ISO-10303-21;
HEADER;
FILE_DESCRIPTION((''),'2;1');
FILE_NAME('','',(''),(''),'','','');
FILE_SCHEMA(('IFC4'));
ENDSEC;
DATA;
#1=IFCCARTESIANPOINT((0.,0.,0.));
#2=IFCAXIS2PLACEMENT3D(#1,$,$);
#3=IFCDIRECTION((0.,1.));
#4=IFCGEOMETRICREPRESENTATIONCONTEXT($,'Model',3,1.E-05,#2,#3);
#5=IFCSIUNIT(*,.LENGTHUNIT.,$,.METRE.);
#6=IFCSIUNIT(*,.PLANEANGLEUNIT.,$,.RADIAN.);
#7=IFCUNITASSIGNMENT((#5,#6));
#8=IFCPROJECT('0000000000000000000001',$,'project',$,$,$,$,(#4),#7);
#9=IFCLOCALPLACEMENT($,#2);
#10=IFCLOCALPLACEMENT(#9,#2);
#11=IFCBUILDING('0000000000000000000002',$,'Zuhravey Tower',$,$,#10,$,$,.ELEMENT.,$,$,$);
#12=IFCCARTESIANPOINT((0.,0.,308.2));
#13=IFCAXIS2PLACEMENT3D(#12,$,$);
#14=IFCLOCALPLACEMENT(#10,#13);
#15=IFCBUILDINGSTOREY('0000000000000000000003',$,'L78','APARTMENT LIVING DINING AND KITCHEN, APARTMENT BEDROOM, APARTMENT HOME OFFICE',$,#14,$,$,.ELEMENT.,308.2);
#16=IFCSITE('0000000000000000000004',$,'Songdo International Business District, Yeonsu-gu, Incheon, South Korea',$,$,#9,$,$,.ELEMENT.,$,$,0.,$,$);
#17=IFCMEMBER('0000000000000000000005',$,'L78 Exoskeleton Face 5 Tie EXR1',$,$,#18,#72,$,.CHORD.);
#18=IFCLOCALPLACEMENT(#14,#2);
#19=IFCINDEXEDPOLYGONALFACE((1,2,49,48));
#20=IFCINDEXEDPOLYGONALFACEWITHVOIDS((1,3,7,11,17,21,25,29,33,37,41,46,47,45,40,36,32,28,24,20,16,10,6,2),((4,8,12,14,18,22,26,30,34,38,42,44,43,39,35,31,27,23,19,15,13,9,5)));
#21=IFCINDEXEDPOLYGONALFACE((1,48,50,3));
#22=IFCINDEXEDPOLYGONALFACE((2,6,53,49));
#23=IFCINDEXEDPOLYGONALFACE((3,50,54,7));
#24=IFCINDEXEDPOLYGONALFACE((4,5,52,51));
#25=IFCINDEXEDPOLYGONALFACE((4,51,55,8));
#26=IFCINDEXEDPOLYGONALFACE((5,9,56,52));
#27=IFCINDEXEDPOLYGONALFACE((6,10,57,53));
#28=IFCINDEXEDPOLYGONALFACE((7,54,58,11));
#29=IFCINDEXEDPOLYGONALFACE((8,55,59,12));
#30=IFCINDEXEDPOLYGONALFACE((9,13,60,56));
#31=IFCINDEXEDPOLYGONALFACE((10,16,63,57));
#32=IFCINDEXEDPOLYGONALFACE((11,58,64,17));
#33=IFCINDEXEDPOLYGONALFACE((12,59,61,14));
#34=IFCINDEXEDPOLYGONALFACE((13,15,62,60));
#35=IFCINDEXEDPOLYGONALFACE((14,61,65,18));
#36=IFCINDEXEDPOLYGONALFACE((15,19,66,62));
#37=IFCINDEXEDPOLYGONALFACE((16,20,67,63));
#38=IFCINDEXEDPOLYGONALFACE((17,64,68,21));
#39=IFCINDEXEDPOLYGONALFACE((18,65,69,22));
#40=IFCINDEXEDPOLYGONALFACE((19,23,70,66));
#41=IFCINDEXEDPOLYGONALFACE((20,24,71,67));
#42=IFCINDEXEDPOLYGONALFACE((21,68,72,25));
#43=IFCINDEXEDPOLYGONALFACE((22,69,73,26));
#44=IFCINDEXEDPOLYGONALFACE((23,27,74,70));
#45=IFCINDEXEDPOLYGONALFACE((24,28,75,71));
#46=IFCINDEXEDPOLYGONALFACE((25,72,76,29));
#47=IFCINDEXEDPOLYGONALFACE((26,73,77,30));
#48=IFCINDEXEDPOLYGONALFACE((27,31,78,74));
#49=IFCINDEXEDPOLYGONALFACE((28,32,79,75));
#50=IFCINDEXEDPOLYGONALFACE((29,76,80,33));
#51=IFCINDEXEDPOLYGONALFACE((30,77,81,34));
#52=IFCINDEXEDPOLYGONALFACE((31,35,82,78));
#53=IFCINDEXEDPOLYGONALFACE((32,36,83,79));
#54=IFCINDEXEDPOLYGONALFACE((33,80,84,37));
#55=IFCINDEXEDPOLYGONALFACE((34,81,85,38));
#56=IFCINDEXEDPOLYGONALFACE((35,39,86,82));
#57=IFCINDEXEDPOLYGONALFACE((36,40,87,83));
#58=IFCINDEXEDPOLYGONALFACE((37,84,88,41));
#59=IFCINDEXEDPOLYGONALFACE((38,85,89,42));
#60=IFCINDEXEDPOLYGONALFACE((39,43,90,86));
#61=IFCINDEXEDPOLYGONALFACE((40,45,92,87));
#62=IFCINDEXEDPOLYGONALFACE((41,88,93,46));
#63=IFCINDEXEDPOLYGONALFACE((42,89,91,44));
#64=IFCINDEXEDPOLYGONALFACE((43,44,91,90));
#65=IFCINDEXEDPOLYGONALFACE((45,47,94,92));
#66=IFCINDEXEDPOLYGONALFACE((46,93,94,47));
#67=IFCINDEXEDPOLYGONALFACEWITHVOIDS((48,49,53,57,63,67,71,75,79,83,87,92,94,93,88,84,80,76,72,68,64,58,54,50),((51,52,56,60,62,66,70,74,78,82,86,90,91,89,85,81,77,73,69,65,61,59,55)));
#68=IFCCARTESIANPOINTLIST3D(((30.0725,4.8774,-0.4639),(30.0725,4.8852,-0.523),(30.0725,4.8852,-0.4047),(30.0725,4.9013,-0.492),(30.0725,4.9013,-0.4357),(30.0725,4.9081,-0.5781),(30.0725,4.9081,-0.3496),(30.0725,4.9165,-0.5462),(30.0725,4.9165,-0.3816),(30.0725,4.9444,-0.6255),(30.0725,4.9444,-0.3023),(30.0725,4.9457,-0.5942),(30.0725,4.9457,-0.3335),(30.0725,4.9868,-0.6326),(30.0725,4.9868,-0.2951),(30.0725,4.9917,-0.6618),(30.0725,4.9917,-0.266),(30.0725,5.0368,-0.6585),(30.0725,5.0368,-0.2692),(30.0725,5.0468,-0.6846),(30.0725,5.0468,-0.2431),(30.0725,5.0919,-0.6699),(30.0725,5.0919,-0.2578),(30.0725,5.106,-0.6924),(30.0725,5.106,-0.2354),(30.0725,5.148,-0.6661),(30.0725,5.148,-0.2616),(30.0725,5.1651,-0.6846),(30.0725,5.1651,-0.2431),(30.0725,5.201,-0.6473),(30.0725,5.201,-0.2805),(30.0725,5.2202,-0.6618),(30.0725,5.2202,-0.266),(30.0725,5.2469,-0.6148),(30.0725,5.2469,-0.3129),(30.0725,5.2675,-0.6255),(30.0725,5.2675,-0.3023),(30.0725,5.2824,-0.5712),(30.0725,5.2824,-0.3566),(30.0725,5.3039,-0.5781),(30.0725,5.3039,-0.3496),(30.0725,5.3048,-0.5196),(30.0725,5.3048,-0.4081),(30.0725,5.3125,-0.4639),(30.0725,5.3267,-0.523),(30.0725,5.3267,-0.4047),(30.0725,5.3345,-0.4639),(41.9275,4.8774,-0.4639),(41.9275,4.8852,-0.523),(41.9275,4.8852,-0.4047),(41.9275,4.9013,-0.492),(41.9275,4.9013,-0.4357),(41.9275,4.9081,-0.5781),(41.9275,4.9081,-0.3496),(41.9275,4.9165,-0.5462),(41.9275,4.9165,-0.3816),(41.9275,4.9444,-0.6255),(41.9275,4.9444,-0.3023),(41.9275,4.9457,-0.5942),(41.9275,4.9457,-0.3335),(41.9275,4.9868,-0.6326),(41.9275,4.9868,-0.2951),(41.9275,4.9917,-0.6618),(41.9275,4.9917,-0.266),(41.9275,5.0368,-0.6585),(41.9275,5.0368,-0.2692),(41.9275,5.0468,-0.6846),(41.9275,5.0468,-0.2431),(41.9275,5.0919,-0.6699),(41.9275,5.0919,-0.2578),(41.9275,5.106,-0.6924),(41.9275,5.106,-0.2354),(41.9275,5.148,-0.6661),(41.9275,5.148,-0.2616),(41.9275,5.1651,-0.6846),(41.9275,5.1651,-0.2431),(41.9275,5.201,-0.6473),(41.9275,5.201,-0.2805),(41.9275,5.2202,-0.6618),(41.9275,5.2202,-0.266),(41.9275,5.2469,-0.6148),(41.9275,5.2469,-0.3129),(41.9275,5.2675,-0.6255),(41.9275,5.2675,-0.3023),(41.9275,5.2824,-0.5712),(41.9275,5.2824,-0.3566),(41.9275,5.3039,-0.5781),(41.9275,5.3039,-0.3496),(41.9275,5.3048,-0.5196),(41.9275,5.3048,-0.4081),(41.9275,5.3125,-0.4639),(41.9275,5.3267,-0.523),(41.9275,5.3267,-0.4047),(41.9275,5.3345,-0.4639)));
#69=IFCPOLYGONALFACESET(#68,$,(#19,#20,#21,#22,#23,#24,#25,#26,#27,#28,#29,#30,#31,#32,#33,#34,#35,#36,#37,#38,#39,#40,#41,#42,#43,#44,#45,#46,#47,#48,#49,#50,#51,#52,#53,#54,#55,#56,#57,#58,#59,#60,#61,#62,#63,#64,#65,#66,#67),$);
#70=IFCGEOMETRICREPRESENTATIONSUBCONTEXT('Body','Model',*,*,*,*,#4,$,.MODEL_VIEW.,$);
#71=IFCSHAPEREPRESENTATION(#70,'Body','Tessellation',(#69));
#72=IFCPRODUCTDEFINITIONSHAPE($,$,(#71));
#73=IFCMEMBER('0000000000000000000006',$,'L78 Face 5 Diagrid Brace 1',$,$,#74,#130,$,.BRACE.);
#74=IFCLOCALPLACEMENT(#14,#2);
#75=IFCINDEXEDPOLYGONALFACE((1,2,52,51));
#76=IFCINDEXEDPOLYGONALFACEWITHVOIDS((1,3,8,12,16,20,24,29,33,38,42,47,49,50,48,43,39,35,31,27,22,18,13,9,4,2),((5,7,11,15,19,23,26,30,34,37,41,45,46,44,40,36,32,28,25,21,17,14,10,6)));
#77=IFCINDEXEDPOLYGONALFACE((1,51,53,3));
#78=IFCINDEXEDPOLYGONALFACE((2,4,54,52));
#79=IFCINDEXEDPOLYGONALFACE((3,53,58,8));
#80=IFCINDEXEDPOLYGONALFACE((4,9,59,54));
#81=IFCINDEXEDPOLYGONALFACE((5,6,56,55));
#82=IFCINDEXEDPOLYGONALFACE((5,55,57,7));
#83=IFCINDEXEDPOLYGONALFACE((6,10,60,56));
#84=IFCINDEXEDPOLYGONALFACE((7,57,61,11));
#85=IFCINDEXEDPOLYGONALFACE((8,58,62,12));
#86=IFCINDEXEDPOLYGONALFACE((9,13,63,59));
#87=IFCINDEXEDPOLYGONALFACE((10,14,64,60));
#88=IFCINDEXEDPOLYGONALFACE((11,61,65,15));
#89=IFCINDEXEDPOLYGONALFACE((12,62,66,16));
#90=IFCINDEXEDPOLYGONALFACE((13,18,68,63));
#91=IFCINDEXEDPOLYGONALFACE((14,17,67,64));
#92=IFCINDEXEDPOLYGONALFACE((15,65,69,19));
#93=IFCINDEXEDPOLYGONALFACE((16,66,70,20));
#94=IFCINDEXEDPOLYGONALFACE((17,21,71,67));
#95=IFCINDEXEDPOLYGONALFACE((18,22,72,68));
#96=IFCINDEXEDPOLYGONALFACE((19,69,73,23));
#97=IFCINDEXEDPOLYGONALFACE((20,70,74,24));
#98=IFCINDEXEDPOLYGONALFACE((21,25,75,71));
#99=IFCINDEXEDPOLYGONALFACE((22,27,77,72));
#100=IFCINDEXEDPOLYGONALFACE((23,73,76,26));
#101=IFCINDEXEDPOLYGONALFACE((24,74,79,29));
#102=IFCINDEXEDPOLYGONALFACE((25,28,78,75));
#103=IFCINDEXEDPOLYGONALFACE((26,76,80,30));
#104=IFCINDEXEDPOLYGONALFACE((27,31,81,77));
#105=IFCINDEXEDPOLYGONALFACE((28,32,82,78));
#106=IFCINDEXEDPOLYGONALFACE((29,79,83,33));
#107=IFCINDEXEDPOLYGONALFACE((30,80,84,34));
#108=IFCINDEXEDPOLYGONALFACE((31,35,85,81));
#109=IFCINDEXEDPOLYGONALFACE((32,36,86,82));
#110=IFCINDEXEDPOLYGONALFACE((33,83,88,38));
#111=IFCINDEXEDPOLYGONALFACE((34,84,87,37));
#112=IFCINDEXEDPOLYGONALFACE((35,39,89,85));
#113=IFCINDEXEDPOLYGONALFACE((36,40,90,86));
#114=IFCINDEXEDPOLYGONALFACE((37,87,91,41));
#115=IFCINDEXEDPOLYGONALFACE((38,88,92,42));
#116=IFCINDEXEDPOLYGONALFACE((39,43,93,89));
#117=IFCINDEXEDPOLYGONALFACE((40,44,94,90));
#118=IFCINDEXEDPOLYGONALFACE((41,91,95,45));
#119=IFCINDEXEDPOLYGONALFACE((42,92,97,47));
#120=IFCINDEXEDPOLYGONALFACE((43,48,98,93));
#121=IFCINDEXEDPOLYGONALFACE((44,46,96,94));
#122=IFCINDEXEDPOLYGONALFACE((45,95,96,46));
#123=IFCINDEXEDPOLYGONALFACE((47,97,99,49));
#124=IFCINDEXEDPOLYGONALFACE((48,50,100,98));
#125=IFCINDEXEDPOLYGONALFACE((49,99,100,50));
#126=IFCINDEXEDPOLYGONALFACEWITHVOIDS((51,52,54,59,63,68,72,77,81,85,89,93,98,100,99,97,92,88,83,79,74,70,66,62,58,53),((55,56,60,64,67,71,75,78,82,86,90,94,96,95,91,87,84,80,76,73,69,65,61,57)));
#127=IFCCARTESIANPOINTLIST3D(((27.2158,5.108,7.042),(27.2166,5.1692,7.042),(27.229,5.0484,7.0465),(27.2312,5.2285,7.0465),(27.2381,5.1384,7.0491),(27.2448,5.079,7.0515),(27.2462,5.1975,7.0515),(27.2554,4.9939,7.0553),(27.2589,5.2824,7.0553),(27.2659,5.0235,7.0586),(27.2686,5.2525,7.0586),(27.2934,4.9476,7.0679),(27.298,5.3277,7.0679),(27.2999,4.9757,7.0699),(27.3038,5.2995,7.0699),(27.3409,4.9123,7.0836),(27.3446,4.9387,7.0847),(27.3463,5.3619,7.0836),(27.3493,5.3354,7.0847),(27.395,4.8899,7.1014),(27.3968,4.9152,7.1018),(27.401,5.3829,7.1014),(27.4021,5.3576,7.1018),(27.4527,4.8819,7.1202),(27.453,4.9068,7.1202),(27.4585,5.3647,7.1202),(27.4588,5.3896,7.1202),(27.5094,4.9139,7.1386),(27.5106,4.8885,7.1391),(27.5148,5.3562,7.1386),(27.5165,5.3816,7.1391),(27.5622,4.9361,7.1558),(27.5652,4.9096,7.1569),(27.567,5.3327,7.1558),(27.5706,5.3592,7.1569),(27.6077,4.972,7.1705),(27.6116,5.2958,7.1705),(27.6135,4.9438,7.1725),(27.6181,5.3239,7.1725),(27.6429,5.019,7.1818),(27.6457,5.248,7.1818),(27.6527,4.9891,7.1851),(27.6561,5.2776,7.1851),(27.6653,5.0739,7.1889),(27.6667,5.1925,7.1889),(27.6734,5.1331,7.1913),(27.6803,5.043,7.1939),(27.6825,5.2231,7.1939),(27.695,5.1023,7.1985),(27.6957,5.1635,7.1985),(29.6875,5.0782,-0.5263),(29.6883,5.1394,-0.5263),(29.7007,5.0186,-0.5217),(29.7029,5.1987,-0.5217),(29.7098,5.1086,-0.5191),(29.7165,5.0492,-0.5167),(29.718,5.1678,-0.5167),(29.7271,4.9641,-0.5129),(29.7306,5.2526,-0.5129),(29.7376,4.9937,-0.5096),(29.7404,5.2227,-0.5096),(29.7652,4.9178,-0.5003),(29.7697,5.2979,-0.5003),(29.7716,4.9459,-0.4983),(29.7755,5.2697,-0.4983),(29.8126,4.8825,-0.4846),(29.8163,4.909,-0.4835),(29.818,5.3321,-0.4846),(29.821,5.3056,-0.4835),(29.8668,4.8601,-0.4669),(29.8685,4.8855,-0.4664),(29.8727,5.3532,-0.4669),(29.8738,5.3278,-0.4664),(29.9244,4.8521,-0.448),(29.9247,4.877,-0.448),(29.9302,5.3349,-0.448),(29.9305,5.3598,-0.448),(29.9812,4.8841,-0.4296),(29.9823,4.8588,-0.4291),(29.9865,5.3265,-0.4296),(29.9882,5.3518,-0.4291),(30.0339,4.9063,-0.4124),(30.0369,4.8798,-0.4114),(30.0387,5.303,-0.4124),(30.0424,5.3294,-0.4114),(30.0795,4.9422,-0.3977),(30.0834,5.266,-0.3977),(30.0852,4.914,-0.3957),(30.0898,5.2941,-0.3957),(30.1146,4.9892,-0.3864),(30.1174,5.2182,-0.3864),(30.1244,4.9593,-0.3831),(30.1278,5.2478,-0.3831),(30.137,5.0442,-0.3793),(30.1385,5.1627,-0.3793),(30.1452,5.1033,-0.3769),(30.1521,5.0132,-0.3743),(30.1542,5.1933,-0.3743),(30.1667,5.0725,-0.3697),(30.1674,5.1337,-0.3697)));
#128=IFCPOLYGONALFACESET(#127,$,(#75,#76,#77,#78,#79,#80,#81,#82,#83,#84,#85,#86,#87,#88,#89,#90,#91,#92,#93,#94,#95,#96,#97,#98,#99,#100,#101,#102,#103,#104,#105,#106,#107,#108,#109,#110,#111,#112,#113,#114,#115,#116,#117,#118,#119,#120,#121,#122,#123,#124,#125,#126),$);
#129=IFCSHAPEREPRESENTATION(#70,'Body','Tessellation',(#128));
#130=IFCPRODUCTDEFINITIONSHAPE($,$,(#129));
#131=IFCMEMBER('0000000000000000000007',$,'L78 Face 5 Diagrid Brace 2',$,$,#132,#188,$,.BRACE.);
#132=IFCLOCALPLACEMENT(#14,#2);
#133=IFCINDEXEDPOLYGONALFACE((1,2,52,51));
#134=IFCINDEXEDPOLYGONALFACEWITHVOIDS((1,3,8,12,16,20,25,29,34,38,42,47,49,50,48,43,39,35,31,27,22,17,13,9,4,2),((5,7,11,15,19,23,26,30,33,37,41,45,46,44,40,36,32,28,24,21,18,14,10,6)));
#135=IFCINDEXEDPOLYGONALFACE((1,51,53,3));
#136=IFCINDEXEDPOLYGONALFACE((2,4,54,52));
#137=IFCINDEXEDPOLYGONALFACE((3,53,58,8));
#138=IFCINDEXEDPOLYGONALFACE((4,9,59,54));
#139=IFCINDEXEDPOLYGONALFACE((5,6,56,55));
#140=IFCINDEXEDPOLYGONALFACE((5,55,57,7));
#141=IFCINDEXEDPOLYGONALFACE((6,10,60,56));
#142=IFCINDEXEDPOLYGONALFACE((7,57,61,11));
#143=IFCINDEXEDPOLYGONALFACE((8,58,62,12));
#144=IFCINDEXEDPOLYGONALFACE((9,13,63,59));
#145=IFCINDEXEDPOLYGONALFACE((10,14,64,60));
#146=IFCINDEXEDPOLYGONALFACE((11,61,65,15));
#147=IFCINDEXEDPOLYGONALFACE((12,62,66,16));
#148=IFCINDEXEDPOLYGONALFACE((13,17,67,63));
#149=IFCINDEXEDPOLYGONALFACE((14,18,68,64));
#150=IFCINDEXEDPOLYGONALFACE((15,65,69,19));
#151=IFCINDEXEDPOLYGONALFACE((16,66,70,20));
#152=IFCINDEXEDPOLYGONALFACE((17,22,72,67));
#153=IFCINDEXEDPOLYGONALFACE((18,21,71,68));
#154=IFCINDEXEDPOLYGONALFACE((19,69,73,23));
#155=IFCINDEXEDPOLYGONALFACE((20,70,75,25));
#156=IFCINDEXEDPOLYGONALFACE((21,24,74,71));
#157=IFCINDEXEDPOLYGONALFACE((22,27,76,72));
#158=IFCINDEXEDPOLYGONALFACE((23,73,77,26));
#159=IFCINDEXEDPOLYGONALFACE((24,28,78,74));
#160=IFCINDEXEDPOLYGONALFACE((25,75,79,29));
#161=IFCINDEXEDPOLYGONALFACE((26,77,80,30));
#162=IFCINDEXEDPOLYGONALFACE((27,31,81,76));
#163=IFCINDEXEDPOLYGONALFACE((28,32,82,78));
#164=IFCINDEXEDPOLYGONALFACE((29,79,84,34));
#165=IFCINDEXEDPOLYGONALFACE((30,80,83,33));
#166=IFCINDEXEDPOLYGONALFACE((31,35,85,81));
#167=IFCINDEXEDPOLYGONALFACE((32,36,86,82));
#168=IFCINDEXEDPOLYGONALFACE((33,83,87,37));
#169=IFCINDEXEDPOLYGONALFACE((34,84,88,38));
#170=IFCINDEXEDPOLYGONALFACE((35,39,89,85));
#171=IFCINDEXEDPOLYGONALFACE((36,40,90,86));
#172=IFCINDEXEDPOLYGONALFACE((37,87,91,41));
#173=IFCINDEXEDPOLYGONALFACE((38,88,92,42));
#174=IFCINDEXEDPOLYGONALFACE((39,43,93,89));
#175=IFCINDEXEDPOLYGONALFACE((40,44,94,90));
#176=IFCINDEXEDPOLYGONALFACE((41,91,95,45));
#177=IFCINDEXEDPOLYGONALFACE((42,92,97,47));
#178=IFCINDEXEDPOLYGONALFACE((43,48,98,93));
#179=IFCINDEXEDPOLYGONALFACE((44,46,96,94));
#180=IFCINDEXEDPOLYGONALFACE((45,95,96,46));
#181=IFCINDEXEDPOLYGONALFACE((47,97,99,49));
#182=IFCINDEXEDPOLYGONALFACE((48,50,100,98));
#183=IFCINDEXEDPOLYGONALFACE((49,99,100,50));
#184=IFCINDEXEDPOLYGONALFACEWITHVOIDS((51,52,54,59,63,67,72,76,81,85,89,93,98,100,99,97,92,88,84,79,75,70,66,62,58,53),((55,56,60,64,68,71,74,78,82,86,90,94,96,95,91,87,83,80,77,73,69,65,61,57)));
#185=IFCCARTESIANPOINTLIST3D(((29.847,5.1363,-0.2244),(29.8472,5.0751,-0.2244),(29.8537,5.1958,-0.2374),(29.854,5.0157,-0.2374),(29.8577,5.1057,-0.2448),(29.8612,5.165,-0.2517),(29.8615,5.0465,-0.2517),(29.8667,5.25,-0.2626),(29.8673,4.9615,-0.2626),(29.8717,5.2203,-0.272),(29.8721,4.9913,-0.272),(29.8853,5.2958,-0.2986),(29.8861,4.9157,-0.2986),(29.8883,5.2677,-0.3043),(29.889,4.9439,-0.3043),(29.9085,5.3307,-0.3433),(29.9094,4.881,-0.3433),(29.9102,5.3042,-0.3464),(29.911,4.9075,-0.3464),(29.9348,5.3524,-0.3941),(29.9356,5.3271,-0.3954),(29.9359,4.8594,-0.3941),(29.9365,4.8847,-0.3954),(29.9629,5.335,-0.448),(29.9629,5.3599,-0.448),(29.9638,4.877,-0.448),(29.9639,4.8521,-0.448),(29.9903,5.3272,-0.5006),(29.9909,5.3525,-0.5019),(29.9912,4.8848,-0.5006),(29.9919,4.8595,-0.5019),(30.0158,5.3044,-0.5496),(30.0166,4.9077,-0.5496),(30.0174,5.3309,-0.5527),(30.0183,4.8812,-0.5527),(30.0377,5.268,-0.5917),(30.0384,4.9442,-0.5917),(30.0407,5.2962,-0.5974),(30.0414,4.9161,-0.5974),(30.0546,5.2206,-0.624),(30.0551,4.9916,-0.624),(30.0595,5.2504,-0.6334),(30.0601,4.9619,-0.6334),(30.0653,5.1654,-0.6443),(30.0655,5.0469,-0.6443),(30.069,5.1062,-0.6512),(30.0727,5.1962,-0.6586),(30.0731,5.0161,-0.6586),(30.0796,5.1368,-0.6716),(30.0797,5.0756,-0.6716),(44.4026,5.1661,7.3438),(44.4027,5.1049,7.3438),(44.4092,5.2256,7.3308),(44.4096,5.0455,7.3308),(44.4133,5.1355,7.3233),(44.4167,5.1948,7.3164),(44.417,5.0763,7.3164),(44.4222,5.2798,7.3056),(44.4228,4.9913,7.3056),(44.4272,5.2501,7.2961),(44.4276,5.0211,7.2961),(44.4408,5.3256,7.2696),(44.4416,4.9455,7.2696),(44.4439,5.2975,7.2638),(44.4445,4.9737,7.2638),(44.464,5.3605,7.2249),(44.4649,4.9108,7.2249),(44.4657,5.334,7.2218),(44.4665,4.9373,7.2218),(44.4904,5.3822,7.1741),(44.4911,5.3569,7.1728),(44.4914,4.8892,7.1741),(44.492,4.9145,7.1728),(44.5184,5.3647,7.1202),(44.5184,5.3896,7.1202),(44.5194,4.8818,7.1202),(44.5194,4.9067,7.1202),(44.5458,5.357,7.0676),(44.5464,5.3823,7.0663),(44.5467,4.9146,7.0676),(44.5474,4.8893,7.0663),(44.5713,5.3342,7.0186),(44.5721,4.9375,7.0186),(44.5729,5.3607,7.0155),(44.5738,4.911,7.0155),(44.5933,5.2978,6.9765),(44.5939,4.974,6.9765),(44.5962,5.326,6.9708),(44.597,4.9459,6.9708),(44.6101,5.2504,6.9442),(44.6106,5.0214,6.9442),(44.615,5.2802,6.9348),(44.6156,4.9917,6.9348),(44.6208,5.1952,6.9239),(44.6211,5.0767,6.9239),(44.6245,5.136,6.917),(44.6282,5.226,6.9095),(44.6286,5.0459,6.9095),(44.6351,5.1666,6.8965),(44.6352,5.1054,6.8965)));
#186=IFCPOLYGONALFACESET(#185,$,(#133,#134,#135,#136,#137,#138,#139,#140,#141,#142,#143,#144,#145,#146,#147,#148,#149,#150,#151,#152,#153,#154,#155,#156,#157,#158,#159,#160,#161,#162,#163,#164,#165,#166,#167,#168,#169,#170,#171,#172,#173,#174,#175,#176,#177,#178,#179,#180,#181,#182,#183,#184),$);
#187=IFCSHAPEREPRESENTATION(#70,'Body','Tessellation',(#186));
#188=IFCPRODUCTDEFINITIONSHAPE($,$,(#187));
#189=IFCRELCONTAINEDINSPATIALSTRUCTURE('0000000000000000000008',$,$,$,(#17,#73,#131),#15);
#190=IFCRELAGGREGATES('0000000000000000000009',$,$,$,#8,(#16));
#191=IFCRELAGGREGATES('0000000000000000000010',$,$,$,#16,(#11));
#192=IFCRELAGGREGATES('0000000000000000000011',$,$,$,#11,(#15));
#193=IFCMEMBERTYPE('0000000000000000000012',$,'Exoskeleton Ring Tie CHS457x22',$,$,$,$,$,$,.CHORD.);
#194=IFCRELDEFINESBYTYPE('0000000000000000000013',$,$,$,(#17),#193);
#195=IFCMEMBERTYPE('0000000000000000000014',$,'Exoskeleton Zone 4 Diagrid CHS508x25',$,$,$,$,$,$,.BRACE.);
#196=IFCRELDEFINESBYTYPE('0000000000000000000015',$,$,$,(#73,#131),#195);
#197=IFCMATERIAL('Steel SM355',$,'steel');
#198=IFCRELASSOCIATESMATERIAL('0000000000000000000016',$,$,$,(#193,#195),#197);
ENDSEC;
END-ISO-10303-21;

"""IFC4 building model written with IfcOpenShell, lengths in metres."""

from ifc_helpers import new_model, si_unit, direction, frame, origin, origin_2d, place, context, subcontext, project, spatial, hollow_circle, extrude, material, material_profile, profile_set, type_object, element, save


model = new_model("IFC4")

# Units and contexts
model_context = context("Model", 3, precision=1e-05, world=origin(), true_north=direction((0.0, 1.0)))
body_context = subcontext(model_context, "Body", "Model", "MODEL_VIEW")
ifc_project = project(units=[si_unit("LENGTHUNIT", "METRE"), si_unit("PLANEANGLEUNIT", "RADIAN")], contexts=[model_context])

# Site, building, storey
site_placement = place(None, origin())
site = spatial("IfcSite", under=ifc_project, at=site_placement, Name="Songdo International Business District, Yeonsu-gu, Incheon, South Korea", CompositionType="ELEMENT", RefElevation=0.0)
building_placement = place(site_placement, origin())
building = spatial("IfcBuilding", under=site, at=building_placement, Name="Zuhravey Tower", CompositionType="ELEMENT")
storey_placement = place(building_placement, frame((0.0, 0.0, 308.2)))
storey = spatial("IfcBuildingStorey", under=building, at=storey_placement, Name="L78", Description="APARTMENT LIVING DINING AND KITCHEN, APARTMENT BEDROOM, APARTMENT HOME OFFICE", CompositionType="ELEMENT", Elevation=308.2)

# Members
ifc_material_1 = material(Name="Steel SM355", Category="steel")
ifc_material_profile_1 = material_profile(ifc_material_1, hollow_circle(Radius=0.2285, WallThickness=0.022, at=origin_2d()), Name="CHS-457.2x22")
ifc_profile_set_1 = profile_set([ifc_material_profile_1], Name="Steel SM355")
member_type_1 = type_object("IfcMemberType", Name="Exoskeleton Ring Tie CHS457x22", PredefinedType="CHORD", material=ifc_profile_set_1)
member_1_placement = place(storey_placement, frame((30.0725, 5.106, -0.4639), z_axis=(1.0, 0.0, 0.0), x_axis=(0.0, 1.0, 0.0)))
element("IfcMember", 1, at=member_1_placement, inside=storey, type_object=member_type_1, Name="L78 Exoskeleton Face 5 Tie EXR1", PredefinedType="CHORD", context=body_context, shape_type="SweptSolid", body=[
    extrude(hollow_circle(Radius=0.2285, WallThickness=0.022, at=origin_2d()), origin(), (0.0, 0.0, 1.0), 11.855),
])
ifc_material_profile_2 = material_profile(ifc_material_1, hollow_circle(Radius=0.2539, WallThickness=0.0249, at=origin_2d()), Name="CHS-508.0x25")
ifc_profile_set_2 = profile_set([ifc_material_profile_2], Name="Steel SM355")
member_type_2 = type_object("IfcMemberType", Name="Exoskeleton Zone 4 Diagrid CHS508x25", PredefinedType="BRACE", material=ifc_profile_set_2)
member_2_placement = place(storey_placement, frame((29.9275, 5.106, -0.448), z_axis=(-0.310452, 0.003741, 0.950582), x_axis=(-0.01205, -0.999927, 0.0)))
element("IfcMember", 2, at=member_2_placement, inside=storey, type_object=member_type_2, Name="L78 Face 5 Diagrid Brace 1", PredefinedType="BRACE", context=body_context, shape_type="SweptSolid", body=[
    extrude(hollow_circle(Radius=0.2539, WallThickness=0.0249, at=origin_2d()), origin(), (0.0, 0.0, 1.0), 7.9617),
])
member_3_placement = place(storey_placement, frame((29.9634, 5.106, -0.448), z_axis=(0.887233, 0.001816, 0.461318), x_axis=(-0.002046, 0.999998, 0.0)))
element("IfcMember", 3, at=member_3_placement, inside=storey, type_object=member_type_2, Name="L78 Face 5 Diagrid Brace 2", PredefinedType="BRACE", context=body_context, shape_type="SweptSolid", body=[
    extrude(hollow_circle(Radius=0.2539, WallThickness=0.0249, at=origin_2d()), origin(), (0.0, 0.0, 1.0), 16.4055),
])

save(model, "model.ifc")
